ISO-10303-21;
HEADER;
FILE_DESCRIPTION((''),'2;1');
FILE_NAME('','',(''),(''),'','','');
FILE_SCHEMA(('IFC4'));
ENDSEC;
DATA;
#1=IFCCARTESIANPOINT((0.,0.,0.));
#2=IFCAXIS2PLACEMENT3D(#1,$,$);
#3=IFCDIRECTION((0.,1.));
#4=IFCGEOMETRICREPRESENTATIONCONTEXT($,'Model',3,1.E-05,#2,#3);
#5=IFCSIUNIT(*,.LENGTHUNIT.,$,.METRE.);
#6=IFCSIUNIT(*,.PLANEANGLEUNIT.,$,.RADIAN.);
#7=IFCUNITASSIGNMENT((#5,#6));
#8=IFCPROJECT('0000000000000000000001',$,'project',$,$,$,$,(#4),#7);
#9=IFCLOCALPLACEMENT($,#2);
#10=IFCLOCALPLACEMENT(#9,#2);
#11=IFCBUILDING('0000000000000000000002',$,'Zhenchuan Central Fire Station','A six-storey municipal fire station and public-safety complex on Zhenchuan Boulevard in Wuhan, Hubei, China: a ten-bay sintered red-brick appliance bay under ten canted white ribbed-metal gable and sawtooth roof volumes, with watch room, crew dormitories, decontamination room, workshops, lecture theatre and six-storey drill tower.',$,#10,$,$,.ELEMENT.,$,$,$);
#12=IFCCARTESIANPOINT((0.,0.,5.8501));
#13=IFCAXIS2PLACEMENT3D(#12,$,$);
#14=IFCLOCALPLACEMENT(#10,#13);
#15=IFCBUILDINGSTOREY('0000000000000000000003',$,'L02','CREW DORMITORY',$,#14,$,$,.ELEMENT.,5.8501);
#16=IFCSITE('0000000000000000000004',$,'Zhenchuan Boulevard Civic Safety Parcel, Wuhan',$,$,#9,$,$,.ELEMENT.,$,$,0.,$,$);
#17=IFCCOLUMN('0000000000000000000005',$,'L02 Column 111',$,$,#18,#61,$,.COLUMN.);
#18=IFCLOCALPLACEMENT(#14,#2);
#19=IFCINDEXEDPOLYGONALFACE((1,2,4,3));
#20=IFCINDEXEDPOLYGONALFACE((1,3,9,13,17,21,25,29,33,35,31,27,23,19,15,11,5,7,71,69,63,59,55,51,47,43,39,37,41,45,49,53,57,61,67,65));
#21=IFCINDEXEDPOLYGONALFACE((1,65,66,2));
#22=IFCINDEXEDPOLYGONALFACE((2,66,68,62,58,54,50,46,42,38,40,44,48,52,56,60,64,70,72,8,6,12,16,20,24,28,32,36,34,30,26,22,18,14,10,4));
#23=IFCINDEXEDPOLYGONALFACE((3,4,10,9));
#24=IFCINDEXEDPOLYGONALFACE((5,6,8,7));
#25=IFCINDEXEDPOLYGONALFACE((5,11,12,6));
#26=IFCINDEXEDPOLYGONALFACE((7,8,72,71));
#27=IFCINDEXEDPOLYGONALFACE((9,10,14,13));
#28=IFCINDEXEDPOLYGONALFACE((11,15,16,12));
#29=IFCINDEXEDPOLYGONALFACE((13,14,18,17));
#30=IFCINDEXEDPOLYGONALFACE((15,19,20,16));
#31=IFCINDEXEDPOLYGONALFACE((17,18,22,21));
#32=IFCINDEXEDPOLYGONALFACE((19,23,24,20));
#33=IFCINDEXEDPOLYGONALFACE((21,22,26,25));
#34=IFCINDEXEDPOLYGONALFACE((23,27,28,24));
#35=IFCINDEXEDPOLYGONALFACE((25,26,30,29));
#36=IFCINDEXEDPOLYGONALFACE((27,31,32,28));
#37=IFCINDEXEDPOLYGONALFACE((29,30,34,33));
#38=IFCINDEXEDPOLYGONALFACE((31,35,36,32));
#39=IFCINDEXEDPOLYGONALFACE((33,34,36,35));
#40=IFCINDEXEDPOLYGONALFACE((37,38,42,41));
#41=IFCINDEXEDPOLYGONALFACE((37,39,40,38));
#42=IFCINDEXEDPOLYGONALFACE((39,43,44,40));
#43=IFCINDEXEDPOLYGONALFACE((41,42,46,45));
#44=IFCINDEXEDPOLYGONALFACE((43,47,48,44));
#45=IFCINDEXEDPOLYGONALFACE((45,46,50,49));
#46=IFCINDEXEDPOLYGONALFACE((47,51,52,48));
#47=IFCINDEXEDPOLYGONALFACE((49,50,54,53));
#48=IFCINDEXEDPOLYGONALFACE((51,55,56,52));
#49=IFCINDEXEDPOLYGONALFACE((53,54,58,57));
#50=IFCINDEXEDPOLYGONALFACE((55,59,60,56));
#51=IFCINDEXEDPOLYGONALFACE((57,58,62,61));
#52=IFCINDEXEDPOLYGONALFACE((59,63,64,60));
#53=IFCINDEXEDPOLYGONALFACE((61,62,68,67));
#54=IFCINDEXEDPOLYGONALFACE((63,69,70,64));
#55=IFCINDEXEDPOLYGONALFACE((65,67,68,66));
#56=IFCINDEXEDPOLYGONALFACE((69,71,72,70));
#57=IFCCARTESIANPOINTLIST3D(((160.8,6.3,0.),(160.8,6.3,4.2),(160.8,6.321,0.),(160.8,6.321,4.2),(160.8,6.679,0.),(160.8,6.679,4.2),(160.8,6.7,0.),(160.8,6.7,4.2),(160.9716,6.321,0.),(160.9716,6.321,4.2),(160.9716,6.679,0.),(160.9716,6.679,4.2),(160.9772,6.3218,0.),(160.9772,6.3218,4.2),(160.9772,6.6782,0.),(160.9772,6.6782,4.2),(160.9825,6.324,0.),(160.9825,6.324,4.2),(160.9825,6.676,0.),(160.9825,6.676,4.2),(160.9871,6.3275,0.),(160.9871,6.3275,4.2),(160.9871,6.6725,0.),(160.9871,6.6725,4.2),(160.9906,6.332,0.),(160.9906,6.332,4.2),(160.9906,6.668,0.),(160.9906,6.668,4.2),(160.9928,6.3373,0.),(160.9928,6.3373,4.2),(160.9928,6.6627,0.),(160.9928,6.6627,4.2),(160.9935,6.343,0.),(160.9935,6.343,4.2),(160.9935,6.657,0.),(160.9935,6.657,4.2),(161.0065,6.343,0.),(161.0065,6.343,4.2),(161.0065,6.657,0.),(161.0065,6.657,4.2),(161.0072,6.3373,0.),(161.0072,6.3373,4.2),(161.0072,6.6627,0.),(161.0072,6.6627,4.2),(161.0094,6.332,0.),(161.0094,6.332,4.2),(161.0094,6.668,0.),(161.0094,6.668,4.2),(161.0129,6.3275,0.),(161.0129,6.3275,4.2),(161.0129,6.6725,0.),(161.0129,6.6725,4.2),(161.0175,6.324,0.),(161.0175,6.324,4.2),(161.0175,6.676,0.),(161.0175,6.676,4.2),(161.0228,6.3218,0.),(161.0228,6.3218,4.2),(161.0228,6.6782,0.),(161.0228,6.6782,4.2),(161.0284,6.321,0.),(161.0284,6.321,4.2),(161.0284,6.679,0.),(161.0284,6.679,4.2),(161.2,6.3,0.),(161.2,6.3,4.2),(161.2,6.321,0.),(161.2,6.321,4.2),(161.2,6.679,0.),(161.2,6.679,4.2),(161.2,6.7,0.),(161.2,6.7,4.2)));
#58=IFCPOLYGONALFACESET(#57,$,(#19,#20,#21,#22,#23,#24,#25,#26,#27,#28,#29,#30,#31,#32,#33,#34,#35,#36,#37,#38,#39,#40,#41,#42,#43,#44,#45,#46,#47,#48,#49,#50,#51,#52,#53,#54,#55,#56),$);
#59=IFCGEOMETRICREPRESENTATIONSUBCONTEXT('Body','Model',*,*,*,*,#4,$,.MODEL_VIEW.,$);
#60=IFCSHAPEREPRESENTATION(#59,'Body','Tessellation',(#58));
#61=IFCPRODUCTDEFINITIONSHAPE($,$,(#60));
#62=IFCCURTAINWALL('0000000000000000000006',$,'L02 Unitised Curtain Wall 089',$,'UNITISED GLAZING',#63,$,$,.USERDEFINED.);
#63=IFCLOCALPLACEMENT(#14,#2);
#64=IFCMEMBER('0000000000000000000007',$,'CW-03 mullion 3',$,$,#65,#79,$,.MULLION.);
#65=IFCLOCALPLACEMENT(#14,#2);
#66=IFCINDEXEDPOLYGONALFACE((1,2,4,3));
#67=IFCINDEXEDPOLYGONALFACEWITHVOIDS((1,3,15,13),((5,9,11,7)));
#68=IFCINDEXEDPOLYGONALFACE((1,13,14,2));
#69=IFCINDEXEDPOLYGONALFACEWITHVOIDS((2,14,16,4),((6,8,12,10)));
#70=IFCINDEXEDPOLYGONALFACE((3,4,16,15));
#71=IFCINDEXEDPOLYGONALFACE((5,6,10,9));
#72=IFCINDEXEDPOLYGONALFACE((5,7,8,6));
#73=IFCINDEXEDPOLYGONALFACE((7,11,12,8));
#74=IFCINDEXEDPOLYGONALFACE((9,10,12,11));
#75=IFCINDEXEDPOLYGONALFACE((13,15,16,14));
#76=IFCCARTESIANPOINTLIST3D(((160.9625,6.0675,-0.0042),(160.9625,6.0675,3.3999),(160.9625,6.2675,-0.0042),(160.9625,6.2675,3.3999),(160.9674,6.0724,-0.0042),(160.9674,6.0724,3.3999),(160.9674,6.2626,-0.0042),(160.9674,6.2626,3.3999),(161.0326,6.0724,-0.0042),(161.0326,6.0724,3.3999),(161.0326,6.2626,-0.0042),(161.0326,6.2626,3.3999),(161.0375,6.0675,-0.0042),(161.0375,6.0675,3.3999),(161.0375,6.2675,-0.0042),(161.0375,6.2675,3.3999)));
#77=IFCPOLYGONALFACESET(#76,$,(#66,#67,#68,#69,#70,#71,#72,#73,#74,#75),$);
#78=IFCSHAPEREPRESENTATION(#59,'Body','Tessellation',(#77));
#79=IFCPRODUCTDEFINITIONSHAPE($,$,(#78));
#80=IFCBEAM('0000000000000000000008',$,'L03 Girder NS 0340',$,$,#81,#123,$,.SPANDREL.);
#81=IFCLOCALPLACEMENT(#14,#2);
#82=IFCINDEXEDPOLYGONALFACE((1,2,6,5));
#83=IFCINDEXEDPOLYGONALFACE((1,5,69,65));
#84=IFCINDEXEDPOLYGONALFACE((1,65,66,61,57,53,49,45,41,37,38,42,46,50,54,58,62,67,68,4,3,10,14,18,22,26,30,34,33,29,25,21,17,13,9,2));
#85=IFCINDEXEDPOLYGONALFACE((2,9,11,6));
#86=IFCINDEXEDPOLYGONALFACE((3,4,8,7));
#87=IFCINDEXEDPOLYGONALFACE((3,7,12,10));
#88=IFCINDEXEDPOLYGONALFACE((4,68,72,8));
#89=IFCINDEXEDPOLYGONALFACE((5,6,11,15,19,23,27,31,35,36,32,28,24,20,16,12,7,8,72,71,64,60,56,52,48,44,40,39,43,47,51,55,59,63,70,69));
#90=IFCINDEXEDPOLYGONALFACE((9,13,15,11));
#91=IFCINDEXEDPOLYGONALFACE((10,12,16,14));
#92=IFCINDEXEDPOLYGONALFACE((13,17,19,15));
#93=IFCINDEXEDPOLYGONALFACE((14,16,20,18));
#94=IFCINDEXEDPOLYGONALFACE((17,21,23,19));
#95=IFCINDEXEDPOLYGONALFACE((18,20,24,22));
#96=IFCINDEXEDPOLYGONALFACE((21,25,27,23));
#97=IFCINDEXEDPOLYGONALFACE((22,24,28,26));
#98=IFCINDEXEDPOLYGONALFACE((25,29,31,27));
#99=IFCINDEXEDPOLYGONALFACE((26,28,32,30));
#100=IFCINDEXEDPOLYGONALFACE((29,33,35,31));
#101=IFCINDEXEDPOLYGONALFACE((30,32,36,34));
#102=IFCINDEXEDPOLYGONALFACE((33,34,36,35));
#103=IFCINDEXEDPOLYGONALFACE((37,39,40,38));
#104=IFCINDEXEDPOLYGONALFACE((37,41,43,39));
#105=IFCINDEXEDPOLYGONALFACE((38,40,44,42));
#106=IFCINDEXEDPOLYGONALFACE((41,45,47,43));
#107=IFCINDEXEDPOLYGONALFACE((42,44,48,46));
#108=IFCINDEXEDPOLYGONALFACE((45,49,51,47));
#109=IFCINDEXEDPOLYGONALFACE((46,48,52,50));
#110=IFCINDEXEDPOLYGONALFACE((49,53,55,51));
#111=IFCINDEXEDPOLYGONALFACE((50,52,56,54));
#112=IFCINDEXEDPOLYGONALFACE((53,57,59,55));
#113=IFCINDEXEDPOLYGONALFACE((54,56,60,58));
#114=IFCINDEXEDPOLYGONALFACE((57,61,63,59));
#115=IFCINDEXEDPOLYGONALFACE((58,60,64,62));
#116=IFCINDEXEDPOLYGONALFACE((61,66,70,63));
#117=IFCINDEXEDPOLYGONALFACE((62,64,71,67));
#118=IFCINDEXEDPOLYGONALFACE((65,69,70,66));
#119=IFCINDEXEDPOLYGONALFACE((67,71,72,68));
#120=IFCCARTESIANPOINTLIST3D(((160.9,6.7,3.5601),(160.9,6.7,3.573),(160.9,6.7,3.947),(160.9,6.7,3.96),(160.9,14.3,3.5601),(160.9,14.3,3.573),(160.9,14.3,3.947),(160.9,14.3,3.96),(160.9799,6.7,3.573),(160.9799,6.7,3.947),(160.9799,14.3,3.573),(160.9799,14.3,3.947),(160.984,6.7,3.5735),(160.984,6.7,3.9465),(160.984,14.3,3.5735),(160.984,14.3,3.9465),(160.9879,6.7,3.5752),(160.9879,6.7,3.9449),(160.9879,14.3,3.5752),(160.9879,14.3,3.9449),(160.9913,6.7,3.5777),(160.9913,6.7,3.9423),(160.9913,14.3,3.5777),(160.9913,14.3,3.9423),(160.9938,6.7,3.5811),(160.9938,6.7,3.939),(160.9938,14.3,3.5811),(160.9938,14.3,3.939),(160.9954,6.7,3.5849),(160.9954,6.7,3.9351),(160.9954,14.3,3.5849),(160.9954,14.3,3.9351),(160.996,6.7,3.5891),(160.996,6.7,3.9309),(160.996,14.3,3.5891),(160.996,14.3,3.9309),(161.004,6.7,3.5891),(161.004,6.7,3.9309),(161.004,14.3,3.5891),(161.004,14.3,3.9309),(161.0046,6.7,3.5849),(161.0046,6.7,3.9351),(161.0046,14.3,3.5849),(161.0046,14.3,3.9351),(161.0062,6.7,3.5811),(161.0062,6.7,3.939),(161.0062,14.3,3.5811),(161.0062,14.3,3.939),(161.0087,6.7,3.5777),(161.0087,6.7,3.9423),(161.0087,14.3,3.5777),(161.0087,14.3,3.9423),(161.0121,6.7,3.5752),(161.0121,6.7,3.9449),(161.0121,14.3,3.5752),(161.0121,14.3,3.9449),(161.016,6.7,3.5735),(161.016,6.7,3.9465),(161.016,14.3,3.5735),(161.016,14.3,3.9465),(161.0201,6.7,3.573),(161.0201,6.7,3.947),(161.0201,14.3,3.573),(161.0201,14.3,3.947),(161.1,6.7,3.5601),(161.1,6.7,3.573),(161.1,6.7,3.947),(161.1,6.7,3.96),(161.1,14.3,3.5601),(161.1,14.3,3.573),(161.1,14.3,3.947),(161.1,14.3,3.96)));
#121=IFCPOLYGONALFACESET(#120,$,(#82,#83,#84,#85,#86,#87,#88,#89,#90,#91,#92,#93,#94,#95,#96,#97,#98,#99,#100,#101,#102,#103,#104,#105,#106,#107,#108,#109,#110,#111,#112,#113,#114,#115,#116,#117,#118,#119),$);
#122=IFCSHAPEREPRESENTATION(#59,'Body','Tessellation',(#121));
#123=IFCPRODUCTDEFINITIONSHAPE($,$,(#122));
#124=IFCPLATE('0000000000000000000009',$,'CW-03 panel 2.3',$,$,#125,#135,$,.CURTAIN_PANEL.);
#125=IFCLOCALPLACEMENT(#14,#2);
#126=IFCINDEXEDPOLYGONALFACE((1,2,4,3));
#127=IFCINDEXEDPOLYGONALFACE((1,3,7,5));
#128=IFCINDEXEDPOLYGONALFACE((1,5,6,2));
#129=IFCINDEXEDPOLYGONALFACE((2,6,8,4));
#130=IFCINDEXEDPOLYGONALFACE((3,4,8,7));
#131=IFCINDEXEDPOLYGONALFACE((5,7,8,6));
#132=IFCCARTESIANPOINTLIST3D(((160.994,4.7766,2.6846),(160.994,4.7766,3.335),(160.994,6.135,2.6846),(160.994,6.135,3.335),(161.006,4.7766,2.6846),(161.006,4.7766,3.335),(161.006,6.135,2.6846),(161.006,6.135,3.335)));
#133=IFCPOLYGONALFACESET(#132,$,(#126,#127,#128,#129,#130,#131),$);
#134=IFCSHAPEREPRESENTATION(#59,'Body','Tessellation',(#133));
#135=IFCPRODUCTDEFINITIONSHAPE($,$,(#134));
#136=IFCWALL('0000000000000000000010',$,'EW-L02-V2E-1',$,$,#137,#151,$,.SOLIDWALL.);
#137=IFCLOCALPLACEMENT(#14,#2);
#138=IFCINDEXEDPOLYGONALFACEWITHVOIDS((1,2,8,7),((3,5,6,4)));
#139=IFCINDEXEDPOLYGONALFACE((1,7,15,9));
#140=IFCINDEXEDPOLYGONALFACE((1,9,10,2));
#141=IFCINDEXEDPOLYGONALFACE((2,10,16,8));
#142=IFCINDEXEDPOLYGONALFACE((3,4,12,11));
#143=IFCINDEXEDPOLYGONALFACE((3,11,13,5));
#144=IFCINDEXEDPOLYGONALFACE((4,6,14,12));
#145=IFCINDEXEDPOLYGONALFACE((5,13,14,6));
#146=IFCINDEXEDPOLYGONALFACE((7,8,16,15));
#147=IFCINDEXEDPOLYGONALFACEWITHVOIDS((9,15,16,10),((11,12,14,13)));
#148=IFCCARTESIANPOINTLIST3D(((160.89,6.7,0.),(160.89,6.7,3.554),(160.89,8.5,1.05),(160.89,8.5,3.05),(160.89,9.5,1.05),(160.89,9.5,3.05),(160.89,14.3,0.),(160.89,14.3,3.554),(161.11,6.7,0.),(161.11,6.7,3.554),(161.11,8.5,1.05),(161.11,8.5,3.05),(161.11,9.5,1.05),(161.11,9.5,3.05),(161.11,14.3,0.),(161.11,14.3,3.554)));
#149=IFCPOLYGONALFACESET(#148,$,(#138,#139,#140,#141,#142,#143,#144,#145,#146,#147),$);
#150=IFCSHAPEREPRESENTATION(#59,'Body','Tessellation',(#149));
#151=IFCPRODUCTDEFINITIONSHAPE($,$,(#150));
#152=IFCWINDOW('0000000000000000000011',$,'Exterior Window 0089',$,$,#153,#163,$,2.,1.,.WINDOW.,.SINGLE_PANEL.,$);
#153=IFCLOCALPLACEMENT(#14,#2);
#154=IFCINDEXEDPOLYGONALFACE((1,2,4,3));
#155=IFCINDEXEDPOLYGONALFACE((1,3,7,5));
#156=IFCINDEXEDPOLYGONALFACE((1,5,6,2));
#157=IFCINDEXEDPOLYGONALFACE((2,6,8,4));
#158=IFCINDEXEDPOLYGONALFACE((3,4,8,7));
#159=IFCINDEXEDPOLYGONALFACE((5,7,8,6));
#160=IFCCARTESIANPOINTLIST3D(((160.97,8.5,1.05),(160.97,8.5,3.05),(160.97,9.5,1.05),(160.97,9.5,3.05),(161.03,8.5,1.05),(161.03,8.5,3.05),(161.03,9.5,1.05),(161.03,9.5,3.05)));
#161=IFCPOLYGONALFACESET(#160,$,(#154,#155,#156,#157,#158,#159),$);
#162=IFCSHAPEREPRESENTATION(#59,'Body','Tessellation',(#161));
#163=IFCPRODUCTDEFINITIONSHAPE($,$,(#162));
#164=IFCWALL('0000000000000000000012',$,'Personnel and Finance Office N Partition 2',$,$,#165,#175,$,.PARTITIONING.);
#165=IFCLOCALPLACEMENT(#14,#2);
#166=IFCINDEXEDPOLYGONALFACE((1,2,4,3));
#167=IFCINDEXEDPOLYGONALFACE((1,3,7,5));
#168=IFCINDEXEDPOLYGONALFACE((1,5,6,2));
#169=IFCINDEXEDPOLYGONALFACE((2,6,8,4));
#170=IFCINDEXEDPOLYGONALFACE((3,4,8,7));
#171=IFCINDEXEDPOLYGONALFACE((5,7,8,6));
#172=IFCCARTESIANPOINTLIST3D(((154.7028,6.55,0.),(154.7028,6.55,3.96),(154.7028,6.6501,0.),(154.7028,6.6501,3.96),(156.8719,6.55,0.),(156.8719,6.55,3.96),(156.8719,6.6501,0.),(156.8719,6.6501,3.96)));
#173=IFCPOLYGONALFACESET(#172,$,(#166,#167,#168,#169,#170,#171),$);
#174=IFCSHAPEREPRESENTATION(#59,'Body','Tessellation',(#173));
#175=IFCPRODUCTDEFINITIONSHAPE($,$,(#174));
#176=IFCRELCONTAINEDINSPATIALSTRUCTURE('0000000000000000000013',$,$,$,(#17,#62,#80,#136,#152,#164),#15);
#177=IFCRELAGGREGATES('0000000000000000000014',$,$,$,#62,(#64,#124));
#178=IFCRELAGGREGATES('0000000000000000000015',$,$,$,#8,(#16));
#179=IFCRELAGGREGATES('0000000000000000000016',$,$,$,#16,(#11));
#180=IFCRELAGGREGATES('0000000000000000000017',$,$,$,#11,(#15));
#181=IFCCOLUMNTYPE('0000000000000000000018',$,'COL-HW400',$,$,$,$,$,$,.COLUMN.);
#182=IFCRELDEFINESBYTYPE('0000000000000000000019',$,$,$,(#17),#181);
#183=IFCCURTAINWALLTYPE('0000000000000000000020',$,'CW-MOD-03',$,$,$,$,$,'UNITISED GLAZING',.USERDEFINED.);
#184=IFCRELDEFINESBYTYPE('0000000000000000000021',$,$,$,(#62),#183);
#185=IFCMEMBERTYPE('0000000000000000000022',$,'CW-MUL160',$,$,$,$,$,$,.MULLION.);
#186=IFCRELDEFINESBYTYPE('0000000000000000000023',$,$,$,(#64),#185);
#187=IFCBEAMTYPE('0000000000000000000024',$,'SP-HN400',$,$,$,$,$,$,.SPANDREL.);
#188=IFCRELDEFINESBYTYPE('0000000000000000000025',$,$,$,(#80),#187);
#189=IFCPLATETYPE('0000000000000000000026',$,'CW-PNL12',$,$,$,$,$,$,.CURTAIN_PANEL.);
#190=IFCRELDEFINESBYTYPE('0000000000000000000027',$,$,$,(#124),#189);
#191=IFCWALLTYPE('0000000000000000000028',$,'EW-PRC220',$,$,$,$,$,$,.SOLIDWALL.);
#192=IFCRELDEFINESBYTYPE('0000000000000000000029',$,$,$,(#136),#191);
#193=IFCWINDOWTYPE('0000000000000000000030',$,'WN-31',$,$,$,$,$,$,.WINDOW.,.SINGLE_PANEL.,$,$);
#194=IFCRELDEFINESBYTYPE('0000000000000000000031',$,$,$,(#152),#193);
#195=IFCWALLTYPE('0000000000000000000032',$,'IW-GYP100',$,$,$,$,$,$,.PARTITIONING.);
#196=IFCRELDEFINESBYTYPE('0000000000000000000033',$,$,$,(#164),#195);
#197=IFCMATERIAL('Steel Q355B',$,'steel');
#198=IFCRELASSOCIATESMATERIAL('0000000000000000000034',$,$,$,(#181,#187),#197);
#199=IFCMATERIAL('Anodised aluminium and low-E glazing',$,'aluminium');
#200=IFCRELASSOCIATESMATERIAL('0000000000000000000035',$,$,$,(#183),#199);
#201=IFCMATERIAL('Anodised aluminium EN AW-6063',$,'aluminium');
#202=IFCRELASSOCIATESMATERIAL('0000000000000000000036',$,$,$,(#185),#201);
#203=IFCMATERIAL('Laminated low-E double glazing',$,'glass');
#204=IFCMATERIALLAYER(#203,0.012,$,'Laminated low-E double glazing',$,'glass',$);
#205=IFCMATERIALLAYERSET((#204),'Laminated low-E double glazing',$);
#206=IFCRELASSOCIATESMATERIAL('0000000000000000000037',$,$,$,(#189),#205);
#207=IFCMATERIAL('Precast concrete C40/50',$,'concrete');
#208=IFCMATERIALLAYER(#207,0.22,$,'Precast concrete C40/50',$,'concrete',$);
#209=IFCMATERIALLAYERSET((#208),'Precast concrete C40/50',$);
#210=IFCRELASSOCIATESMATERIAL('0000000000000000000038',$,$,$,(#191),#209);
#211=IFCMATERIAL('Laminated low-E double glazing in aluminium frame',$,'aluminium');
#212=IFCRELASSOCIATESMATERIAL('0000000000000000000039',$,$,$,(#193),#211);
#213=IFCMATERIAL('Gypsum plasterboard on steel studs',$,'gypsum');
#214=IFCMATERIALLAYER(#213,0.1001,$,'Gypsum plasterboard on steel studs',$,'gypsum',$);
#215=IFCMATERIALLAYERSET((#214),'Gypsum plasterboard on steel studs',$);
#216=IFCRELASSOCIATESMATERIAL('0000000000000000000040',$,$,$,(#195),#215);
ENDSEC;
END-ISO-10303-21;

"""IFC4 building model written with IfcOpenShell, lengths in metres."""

from ifc_helpers import new_model, si_unit, direction, frame, frame_2d, origin, origin_2d, place, context, subcontext, project, spatial, rectangle, hollow_rectangle, i_section, extrude, material, layer, layer_set, material_profile, profile_set, type_object, element, fill, aggregate, save


model = new_model("IFC4")

# Units and contexts
model_context = context("Model", 3, precision=1e-05, world=origin(), true_north=direction((0.0, 1.0)))
body_context = subcontext(model_context, "Body", "Model", "MODEL_VIEW")
ifc_project = project(units=[si_unit("LENGTHUNIT", "METRE"), si_unit("PLANEANGLEUNIT", "RADIAN")], contexts=[model_context])

# Site, building, storey
site_placement = place(None, origin())
site = spatial("IfcSite", under=ifc_project, at=site_placement, Name="Zhenchuan Boulevard Civic Safety Parcel, Wuhan", CompositionType="ELEMENT", RefElevation=0.0)
building_placement = place(site_placement, origin())
building = spatial("IfcBuilding", under=site, at=building_placement, Name="Zhenchuan Central Fire Station", Description="A six-storey municipal fire station and public-safety complex on Zhenchuan Boulevard in Wuhan, Hubei, China: a ten-bay sintered red-brick appliance bay under ten canted white ribbed-metal gable and sawtooth roof volumes, with watch room, crew dormitories, decontamination room, workshops, lecture theatre and six-storey drill tower.", CompositionType="ELEMENT")
storey_placement = place(building_placement, frame((0.0, 0.0, 5.8501)))
storey = spatial("IfcBuildingStorey", under=building, at=storey_placement, Name="L02", Description="CREW DORMITORY", CompositionType="ELEMENT", Elevation=5.8501)

# Column
ifc_material_1 = material(Name="Steel Q355B", Category="steel")
ifc_material_profile_1 = material_profile(ifc_material_1, i_section(OverallWidth=0.3999, OverallDepth=0.3999, WebThickness=0.0129, FlangeThickness=0.021, FilletRadius=0.022, at=origin_2d()), Name="HW 400x400")
ifc_profile_set_1 = profile_set([ifc_material_profile_1], Name="Steel Q355B")
column_type = type_object("IfcColumnType", Name="COL-HW400", PredefinedType="COLUMN", material=ifc_profile_set_1)
column_placement = place(storey_placement, frame((161.0, 6.5, 0.0), z_axis=(0.0, 0.0, 1.0), x_axis=(1.0, 0.0, 0.0)))
element("IfcColumn", 1, at=column_placement, inside=storey, type_object=column_type, Name="L02 Column 111", PredefinedType="COLUMN", context=body_context, shape_type="SweptSolid", body=[
    extrude(i_section(OverallWidth=0.3999, OverallDepth=0.3999, WebThickness=0.0129, FlangeThickness=0.021, FilletRadius=0.022, at=origin_2d()), origin(), (0.0, 0.0, 1.0), 4.2),
])

# Curtain wall, member
ifc_material_2 = material(Name="Anodised aluminium and low-E glazing", Category="aluminium")
curtain_wall_type = type_object("IfcCurtainWallType", Name="CW-MOD-03", ElementType="UNITISED GLAZING", PredefinedType="USERDEFINED", material=ifc_material_2)
curtain_wall_placement = place(storey_placement, origin())
curtain_wall = element("IfcCurtainWall", 2, at=curtain_wall_placement, inside=storey, type_object=curtain_wall_type, Name="L02 Unitised Curtain Wall 089", ObjectType="UNITISED GLAZING", PredefinedType="USERDEFINED")
ifc_material_3 = material(Name="Anodised aluminium EN AW-6063", Category="aluminium")
ifc_material_profile_2 = material_profile(ifc_material_3, hollow_rectangle(XDim=0.075, YDim=0.2, WallThickness=0.0049, at=origin_2d()), Name="ALU-M 200x75")
ifc_profile_set_2 = profile_set([ifc_material_profile_2], Name="Anodised aluminium EN AW-6063")
member_type = type_object("IfcMemberType", Name="CW-MUL160", PredefinedType="MULLION", material=ifc_profile_set_2)
member_placement = place(storey_placement, frame((161.0, 6.1675, -0.0042), z_axis=(0.0, 0.0, 1.0), x_axis=(-1.0, 0.0, 0.0)))
member = element("IfcMember", 3, at=member_placement, type_object=member_type, Name="CW-03 mullion 3", PredefinedType="MULLION", context=body_context, shape_type="SweptSolid", body=[
    extrude(hollow_rectangle(XDim=0.075, YDim=0.2, WallThickness=0.0049, at=origin_2d()), origin(), (0.0, 0.0, 1.0), 3.4041),
])

# Beam
ifc_material_profile_3 = material_profile(ifc_material_1, i_section(OverallWidth=0.2, OverallDepth=0.3999, WebThickness=0.0081, FlangeThickness=0.0129, FilletRadius=0.0161, at=origin_2d()), Name="HN 400x200")
ifc_profile_set_3 = profile_set([ifc_material_profile_3], Name="Steel Q355B")
beam_type = type_object("IfcBeamType", Name="SP-HN400", PredefinedType="SPANDREL", material=ifc_profile_set_3)
beam_placement = place(storey_placement, frame((161.0, 6.7, 3.76), z_axis=(0.0, 1.0, 0.0), x_axis=(-1.0, 0.0, 0.0)))
element("IfcBeam", 4, at=beam_placement, inside=storey, type_object=beam_type, Name="L03 Girder NS 0340", PredefinedType="SPANDREL", context=body_context, shape_type="SweptSolid", body=[
    extrude(i_section(OverallWidth=0.2, OverallDepth=0.3999, WebThickness=0.0081, FlangeThickness=0.0129, FilletRadius=0.0161, at=origin_2d()), origin(), (0.0, 0.0, 1.0), 7.6001),
])

# Plate
ifc_material_4 = material(Name="Laminated low-E double glazing", Category="glass")
ifc_layer_1 = layer(ifc_material_4, 0.012, Name="Laminated low-E double glazing", Category="glass")
ifc_layer_set_1 = layer_set([ifc_layer_1], Name="Laminated low-E double glazing")
plate_type = type_object("IfcPlateType", Name="CW-PNL12", PredefinedType="CURTAIN_PANEL", material=ifc_layer_set_1)
plate_placement = place(storey_placement, frame((161.0, 5.4558, 2.6846), z_axis=(0.0, 0.0, 1.0), x_axis=(0.0, 1.0, 0.0)))
plate = element("IfcPlate", 5, at=plate_placement, type_object=plate_type, Name="CW-03 panel 2.3", PredefinedType="CURTAIN_PANEL", context=body_context, shape_type="SweptSolid", body=[
    extrude(rectangle(XDim=1.3584, YDim=0.012, at=origin_2d()), origin(), (0.0, 0.0, 1.0), 0.6504),
])
aggregate(curtain_wall, [member, plate])

# Wall, opening, window
ifc_material_5 = material(Name="Precast concrete C40/50", Category="concrete")
ifc_layer_2 = layer(ifc_material_5, 0.22, Name="Precast concrete C40/50", Category="concrete")
ifc_layer_set_2 = layer_set([ifc_layer_2], Name="Precast concrete C40/50")
wall_type_1 = type_object("IfcWallType", Name="EW-PRC220", PredefinedType="SOLIDWALL", material=ifc_layer_set_2)
wall_1_placement = place(storey_placement, frame((161.0, 6.7, 0.0), z_axis=(0.0, 0.0, 1.0), x_axis=(0.0, 1.0, 0.0)))
wall_1 = element("IfcWall", 6, at=wall_1_placement, inside=storey, type_object=wall_type_1, Name="EW-L02-V2E-1", PredefinedType="SOLIDWALL", context=body_context, shape_type="SweptSolid", body=[
    extrude(rectangle(XDim=7.6001, YDim=0.22, at=frame_2d((3.8, 0.0))), origin(), (0.0, 0.0, 1.0), 3.554),
])
opening_1_placement = place(wall_1_placement, frame((1.8, 0.0, 1.05)))
opening_1 = element("IfcOpeningElement", 7, at=opening_1_placement, cuts=wall_1, PredefinedType="OPENING", context=body_context, shape_type="SweptSolid", body=[
    extrude(rectangle(XDim=1.0, YDim=2.0, at=frame_2d((0.5, 1.0))), frame((0.0, 0.1199, 0.0), z_axis=(0.0, -1.0, 0.0), x_axis=(1.0, 0.0, 0.0)), (0.0, 0.0, 1.0), 0.24),
])
ifc_material_6 = material(Name="Laminated low-E double glazing in aluminium frame", Category="aluminium")
window_type = type_object("IfcWindowType", Name="WN-31", PartitioningType="SINGLE_PANEL", PredefinedType="WINDOW", material=ifc_material_6)
window_placement = place(opening_1_placement, origin())
window = element("IfcWindow", 8, at=window_placement, inside=storey, type_object=window_type, Name="Exterior Window 0089", OverallHeight=2.0, OverallWidth=1.0, PartitioningType="SINGLE_PANEL", PredefinedType="WINDOW", context=body_context, shape_type="SweptSolid", body=[
    extrude(rectangle(XDim=1.0, YDim=2.0, at=frame_2d((0.5, 1.0))), frame((0.0, 0.03, 0.0), z_axis=(0.0, -1.0, 0.0), x_axis=(1.0, 0.0, 0.0)), (0.0, 0.0, 1.0), 0.0601),
])
fill(opening_1, window)

# Wall
ifc_material_7 = material(Name="Gypsum plasterboard on steel studs", Category="gypsum")
ifc_layer_3 = layer(ifc_material_7, 0.1001, Name="Gypsum plasterboard on steel studs", Category="gypsum")
ifc_layer_set_3 = layer_set([ifc_layer_3], Name="Gypsum plasterboard on steel studs")
wall_type_2 = type_object("IfcWallType", Name="IW-GYP100", PredefinedType="PARTITIONING", material=ifc_layer_set_3)
wall_2_placement = place(storey_placement, frame((154.7029, 6.6001, 0.0), z_axis=(0.0, 0.0, 1.0), x_axis=(1.0, 0.0, 0.0)))
element("IfcWall", 9, at=wall_2_placement, inside=storey, type_object=wall_type_2, Name="Personnel and Finance Office N Partition 2", PredefinedType="PARTITIONING", context=body_context, shape_type="SweptSolid", body=[
    extrude(rectangle(XDim=2.1692, YDim=0.1001, at=frame_2d((1.0845, 0.0))), origin(), (0.0, 0.0, 1.0), 3.96),
])

save(model, "model.ifc")
